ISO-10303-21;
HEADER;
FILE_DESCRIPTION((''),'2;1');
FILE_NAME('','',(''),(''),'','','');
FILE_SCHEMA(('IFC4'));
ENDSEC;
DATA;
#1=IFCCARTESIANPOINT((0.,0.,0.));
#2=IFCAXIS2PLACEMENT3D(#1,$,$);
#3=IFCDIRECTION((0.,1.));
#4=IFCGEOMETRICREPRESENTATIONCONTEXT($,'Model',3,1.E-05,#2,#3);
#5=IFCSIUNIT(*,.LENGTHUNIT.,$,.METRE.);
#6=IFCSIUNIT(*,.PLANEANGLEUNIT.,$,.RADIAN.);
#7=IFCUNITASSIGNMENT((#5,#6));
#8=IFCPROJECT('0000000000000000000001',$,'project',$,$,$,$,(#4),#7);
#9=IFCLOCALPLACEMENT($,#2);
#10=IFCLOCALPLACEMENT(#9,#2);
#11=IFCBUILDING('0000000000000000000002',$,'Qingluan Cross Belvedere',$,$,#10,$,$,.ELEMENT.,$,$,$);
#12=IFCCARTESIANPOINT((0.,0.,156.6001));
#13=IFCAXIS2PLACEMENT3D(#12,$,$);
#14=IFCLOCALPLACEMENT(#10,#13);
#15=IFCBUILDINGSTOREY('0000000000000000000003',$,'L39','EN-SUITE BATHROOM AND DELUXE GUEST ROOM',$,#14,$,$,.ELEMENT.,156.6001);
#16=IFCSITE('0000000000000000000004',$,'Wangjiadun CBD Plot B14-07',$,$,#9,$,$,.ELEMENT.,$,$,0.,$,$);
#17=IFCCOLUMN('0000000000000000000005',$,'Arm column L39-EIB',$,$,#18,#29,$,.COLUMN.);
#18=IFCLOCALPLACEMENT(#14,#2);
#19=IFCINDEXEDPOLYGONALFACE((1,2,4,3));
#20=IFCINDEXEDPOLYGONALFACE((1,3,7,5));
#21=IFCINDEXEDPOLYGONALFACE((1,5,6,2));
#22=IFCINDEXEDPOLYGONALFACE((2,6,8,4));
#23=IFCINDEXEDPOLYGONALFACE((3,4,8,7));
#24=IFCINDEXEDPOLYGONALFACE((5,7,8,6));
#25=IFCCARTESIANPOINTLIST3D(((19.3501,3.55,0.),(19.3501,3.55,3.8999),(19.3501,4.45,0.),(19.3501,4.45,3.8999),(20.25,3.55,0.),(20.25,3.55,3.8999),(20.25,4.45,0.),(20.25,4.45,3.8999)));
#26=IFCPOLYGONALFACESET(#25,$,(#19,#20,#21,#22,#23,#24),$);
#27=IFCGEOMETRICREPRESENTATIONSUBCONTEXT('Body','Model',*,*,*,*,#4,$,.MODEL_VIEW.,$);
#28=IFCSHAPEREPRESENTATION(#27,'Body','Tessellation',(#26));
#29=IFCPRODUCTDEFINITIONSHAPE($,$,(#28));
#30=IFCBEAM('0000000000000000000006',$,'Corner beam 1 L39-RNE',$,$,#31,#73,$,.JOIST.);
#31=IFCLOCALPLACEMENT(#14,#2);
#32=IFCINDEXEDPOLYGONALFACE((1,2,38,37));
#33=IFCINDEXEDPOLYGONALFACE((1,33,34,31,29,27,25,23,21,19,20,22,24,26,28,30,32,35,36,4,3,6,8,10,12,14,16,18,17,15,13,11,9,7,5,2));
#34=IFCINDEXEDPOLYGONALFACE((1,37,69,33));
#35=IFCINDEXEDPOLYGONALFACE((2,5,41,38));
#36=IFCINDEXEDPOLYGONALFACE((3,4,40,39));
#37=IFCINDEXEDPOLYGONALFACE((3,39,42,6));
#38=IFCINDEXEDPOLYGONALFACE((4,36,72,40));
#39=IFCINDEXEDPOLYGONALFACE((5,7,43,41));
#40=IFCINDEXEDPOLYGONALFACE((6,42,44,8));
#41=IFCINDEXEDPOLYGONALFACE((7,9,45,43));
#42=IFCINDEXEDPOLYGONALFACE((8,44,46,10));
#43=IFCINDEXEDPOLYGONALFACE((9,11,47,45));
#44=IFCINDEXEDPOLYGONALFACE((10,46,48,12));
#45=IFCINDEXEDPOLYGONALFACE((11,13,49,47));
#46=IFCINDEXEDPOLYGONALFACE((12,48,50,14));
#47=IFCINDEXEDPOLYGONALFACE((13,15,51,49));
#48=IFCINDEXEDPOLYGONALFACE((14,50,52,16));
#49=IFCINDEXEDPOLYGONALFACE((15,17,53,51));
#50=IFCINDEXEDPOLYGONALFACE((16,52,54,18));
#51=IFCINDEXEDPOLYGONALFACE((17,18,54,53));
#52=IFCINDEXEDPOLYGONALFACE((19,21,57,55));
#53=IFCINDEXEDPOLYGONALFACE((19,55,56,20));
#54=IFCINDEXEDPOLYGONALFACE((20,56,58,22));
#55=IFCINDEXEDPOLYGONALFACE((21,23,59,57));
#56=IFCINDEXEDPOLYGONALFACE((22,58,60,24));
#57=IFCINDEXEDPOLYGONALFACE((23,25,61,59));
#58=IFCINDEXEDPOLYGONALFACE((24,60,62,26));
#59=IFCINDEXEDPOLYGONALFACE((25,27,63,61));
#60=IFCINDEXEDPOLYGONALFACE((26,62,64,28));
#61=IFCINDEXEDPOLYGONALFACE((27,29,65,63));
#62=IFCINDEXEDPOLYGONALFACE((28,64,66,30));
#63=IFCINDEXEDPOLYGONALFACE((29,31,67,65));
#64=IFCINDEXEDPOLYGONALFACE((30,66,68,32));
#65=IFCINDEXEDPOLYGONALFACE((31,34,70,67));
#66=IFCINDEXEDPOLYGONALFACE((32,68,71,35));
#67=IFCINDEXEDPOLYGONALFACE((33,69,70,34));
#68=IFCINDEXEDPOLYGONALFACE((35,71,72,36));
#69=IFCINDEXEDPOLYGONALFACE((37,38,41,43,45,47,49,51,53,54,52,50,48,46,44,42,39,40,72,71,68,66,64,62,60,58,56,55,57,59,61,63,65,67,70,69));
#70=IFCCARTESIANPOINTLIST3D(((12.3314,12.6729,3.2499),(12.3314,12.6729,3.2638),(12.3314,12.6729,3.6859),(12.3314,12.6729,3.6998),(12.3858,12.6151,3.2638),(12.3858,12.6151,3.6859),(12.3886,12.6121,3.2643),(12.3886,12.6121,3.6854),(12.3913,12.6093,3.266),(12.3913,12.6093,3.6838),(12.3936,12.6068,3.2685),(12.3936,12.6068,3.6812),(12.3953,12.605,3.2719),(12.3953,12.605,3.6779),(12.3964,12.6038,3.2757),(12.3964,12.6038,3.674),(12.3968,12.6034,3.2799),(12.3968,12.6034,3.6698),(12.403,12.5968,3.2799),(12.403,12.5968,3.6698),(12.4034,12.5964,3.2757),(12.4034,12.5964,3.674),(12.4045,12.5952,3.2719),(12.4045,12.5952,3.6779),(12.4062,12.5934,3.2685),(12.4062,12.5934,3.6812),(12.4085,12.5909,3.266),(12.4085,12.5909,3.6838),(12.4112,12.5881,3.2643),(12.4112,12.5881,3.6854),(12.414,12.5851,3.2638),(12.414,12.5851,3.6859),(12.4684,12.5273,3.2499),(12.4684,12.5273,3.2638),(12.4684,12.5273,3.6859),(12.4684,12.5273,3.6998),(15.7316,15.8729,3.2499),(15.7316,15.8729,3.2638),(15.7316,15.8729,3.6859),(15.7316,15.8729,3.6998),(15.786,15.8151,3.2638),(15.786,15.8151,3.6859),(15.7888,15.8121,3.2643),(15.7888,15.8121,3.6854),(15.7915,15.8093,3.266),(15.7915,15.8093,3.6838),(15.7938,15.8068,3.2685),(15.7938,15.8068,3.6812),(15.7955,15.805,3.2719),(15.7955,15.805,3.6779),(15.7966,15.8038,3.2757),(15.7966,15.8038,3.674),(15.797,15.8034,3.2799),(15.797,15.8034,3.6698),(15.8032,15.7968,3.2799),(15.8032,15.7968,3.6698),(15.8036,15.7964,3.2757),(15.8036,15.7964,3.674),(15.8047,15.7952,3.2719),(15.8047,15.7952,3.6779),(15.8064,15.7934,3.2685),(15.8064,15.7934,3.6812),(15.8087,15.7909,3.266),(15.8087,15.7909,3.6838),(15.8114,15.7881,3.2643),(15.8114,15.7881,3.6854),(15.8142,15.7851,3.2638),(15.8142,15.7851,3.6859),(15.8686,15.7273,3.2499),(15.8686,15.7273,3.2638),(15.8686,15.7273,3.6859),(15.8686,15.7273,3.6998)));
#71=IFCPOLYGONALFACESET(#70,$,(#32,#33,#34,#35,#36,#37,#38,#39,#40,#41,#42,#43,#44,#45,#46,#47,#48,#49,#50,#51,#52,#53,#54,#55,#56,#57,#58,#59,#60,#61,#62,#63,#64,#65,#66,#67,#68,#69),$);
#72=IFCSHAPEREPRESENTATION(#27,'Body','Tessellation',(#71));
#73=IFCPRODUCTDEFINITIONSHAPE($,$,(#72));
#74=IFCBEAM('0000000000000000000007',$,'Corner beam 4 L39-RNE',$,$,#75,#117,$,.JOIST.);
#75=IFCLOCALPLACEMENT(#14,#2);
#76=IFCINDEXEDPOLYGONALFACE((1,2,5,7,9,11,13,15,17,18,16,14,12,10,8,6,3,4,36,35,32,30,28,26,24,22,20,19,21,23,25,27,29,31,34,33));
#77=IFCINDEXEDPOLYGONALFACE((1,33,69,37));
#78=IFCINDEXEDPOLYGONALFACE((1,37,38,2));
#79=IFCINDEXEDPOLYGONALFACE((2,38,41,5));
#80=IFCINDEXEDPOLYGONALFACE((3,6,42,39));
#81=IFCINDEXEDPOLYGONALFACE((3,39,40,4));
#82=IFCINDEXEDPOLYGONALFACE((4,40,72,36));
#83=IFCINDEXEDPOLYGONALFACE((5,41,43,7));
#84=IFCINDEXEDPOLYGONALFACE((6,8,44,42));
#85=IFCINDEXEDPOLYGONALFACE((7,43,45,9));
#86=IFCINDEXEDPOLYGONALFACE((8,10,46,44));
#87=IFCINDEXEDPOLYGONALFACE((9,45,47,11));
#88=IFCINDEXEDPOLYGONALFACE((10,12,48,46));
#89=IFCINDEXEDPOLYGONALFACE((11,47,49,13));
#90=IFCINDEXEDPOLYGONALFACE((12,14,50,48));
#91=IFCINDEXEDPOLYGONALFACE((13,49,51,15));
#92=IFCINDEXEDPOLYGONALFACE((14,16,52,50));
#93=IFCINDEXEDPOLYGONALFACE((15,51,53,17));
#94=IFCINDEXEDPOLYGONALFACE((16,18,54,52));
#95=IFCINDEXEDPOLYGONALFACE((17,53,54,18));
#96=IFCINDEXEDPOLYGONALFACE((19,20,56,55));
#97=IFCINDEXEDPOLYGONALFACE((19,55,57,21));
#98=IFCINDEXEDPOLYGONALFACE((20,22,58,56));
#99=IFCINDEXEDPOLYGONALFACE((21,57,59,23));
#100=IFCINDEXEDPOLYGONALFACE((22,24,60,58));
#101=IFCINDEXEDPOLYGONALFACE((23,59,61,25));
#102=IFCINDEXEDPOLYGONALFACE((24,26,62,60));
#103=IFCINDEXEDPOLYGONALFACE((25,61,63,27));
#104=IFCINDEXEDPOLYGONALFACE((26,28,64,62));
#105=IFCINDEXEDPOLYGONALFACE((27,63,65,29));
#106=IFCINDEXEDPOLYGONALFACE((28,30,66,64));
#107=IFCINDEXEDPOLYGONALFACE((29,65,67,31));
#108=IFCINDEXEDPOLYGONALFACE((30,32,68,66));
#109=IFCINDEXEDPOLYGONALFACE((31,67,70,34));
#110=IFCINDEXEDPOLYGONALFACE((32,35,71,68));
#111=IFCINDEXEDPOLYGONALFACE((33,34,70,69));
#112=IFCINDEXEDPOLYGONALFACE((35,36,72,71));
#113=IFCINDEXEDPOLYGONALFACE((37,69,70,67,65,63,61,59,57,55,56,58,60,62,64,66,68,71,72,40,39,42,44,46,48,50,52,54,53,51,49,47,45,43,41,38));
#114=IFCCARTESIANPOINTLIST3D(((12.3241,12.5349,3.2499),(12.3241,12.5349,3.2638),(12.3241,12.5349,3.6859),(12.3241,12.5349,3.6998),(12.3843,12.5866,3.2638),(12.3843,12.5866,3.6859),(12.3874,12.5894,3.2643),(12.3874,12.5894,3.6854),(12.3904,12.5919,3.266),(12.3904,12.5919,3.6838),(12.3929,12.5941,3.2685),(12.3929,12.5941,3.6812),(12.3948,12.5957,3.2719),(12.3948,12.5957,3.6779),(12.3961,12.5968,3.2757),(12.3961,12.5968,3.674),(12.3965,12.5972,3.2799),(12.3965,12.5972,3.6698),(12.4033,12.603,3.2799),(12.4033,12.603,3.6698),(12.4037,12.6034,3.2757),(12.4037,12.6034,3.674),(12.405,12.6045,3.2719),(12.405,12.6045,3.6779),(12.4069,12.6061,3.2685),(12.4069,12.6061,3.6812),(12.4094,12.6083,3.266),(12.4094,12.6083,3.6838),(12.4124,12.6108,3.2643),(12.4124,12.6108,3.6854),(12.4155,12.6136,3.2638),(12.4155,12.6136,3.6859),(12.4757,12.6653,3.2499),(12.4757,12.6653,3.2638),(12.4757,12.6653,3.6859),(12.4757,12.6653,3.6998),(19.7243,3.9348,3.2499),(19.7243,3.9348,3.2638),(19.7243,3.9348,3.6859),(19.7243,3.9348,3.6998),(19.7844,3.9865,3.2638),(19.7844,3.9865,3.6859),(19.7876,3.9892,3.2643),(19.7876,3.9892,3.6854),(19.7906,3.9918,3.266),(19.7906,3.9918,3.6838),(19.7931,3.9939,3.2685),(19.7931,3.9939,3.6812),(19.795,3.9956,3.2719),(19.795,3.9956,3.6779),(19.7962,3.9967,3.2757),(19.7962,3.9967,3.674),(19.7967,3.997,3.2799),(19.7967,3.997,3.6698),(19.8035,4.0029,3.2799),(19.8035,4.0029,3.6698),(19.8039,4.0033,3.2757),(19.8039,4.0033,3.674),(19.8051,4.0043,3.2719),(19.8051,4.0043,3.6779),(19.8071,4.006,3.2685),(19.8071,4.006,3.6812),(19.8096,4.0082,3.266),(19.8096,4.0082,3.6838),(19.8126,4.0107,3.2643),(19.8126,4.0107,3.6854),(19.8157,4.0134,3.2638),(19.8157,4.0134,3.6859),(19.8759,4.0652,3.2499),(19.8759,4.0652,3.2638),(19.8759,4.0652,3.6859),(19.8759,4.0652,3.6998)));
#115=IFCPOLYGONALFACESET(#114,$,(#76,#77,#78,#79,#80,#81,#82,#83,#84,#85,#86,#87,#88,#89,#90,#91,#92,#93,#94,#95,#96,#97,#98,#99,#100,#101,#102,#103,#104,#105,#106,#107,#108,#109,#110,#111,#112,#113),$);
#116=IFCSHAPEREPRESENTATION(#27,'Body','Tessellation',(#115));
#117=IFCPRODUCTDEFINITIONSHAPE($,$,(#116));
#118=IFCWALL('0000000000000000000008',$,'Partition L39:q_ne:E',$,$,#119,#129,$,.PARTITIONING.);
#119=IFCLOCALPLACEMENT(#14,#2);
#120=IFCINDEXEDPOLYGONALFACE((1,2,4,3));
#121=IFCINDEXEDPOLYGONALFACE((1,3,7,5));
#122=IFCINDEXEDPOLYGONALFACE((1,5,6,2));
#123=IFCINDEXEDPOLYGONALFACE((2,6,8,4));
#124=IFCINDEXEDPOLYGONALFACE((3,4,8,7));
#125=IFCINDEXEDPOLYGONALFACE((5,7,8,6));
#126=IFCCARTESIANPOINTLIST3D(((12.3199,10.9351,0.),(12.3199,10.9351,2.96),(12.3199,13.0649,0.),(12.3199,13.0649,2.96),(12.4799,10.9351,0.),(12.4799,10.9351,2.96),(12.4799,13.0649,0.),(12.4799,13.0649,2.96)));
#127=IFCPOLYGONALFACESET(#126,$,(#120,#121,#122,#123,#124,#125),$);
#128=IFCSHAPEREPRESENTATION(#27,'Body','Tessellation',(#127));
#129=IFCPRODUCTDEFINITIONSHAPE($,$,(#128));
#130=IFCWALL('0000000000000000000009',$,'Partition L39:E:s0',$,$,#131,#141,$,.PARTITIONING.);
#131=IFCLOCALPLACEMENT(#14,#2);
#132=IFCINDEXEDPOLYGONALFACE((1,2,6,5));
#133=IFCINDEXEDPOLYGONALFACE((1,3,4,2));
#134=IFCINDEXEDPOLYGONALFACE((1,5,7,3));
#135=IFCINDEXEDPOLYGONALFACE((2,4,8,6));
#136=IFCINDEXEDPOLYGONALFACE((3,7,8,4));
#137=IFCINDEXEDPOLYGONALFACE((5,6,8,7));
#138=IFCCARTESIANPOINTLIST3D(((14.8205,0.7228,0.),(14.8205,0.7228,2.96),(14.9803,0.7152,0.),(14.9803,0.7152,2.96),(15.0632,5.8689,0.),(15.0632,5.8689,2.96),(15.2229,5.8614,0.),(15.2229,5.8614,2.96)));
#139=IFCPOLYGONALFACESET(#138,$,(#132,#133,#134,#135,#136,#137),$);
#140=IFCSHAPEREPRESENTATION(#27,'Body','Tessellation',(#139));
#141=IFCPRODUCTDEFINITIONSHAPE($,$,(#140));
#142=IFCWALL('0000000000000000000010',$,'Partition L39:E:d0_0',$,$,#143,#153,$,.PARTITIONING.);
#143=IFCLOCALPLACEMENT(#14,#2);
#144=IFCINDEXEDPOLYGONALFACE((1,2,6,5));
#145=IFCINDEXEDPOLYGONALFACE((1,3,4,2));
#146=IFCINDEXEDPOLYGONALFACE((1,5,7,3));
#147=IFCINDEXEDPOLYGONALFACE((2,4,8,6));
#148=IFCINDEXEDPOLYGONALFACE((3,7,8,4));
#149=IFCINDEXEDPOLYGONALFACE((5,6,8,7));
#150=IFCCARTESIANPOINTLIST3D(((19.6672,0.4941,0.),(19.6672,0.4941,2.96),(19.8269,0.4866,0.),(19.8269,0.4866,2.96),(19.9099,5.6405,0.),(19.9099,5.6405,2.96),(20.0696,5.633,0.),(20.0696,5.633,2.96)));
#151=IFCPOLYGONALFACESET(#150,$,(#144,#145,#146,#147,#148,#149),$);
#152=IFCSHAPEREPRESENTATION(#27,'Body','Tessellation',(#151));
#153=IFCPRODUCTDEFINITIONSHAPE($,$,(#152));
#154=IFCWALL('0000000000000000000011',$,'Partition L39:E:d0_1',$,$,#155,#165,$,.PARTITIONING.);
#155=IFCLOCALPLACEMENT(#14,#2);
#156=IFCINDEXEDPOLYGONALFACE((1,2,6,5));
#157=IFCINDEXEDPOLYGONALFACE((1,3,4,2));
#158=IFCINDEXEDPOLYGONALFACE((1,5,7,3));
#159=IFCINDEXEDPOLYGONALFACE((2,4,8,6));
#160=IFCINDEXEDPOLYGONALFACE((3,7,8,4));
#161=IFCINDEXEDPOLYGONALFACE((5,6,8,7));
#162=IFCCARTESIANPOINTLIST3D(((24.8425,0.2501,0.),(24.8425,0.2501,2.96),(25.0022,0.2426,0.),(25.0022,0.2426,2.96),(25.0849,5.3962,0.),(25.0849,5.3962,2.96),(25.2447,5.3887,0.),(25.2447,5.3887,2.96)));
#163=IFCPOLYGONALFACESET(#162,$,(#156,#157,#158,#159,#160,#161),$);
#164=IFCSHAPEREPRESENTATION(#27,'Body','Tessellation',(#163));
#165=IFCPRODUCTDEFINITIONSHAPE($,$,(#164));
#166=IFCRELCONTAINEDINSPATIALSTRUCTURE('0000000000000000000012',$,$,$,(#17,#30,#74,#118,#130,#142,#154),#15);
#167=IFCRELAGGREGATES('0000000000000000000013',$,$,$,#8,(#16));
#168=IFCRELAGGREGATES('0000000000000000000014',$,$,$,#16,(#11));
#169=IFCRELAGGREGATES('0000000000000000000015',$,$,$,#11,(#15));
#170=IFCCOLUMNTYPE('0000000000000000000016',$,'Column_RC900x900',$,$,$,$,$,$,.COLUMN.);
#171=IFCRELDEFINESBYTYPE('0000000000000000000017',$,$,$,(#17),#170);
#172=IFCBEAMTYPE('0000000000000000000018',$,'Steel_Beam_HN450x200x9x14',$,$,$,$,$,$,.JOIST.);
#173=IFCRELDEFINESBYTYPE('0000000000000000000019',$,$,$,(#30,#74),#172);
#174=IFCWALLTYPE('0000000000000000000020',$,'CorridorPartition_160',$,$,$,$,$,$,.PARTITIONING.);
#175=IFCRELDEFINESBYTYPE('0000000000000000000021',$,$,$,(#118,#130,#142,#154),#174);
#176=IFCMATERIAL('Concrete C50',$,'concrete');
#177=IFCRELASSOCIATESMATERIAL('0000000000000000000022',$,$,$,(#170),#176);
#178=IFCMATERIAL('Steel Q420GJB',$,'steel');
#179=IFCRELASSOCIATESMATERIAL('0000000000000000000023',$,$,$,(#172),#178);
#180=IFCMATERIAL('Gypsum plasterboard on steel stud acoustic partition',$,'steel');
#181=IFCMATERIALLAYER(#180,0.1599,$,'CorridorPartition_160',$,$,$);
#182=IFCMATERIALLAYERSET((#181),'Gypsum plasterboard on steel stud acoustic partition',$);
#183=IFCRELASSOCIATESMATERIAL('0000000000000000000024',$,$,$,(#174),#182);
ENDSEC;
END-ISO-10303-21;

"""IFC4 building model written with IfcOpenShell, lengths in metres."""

from ifc_helpers import new_model, si_unit, direction, frame, frame_2d, origin, origin_2d, place, context, subcontext, project, spatial, rectangle, i_section, extrude, material, layer, layer_set, material_profile, profile_set, type_object, element, save


model = new_model("IFC4")

# Units and contexts
model_context = context("Model", 3, precision=1e-05, world=origin(), true_north=direction((0.0, 1.0)))
body_context = subcontext(model_context, "Body", "Model", "MODEL_VIEW")
ifc_project = project(units=[si_unit("LENGTHUNIT", "METRE"), si_unit("PLANEANGLEUNIT", "RADIAN")], contexts=[model_context])

# Site, building, storey
site_placement = place(None, origin())
site = spatial("IfcSite", under=ifc_project, at=site_placement, Name="Wangjiadun CBD Plot B14-07", CompositionType="ELEMENT", RefElevation=0.0)
building_placement = place(site_placement, origin())
building = spatial("IfcBuilding", under=site, at=building_placement, Name="Qingluan Cross Belvedere", CompositionType="ELEMENT")
storey_placement = place(building_placement, frame((0.0, 0.0, 156.6001)))
storey = spatial("IfcBuildingStorey", under=building, at=storey_placement, Name="L39", Description="EN-SUITE BATHROOM AND DELUXE GUEST ROOM", CompositionType="ELEMENT", Elevation=156.6001)

# Column
ifc_material_1 = material(Name="Concrete C50", Category="concrete")
ifc_material_profile_1 = material_profile(ifc_material_1, rectangle(XDim=0.8999, YDim=0.8999, at=origin_2d()), Name="RC900x900")
ifc_profile_set_1 = profile_set([ifc_material_profile_1], Name="Concrete C50")
column_type = type_object("IfcColumnType", Name="Column_RC900x900", PredefinedType="COLUMN", material=ifc_profile_set_1)
column_placement = place(storey_placement, frame((19.8, 4.0, 0.0), z_axis=(0.0, 0.0, 1.0), x_axis=(1.0, 0.0, 0.0)))
element("IfcColumn", 1, at=column_placement, inside=storey, type_object=column_type, Name="Arm column L39-EIB", PredefinedType="COLUMN", context=body_context, shape_type="SweptSolid", body=[
    extrude(rectangle(XDim=0.8999, YDim=0.8999, at=origin_2d()), origin(), (0.0, 0.0, 1.0), 3.8999),
])

# Beams
ifc_material_2 = material(Name="Steel Q420GJB", Category="steel")
ifc_material_profile_2 = material_profile(ifc_material_2, i_section(OverallWidth=0.2, OverallDepth=0.45, WebThickness=0.009, FlangeThickness=0.0139, FilletRadius=0.0161, at=origin_2d()), Name="HN450x200x9x14")
ifc_profile_set_2 = profile_set([ifc_material_profile_2], Name="Steel Q420GJB")
beam_type = type_object("IfcBeamType", Name="Steel_Beam_HN450x200x9x14", PredefinedType="JOIST", material=ifc_profile_set_2)
beam_1_placement = place(storey_placement, frame((12.3999, 12.6001, 3.4749), z_axis=(0.72822, 0.685343, 0.0), x_axis=(-0.685343, 0.72822, 0.0)))
element("IfcBeam", 2, at=beam_1_placement, inside=storey, type_object=beam_type, Name="Corner beam 1 L39-RNE", PredefinedType="JOIST", context=body_context, shape_type="SweptSolid", body=[
    extrude(i_section(OverallWidth=0.2, OverallDepth=0.45, WebThickness=0.009, FlangeThickness=0.0139, FilletRadius=0.0161, at=origin_2d()), origin(), (0.0, 0.0, 1.0), 4.6692),
])
beam_2_placement = place(storey_placement, frame((12.3999, 12.6001, 3.4749), z_axis=(0.652245, -0.758008, 0.0), x_axis=(0.758008, 0.652245, 0.0)))
element("IfcBeam", 3, at=beam_2_placement, inside=storey, type_object=beam_type, Name="Corner beam 4 L39-RNE", PredefinedType="JOIST", context=body_context, shape_type="SweptSolid", body=[
    extrude(i_section(OverallWidth=0.2, OverallDepth=0.45, WebThickness=0.009, FlangeThickness=0.0139, FilletRadius=0.0161, at=origin_2d()), origin(), (0.0, 0.0, 1.0), 11.3457),
])

# Wall
ifc_material_3 = material(Name="Gypsum plasterboard on steel stud acoustic partition", Category="steel")
ifc_layer_1 = layer(ifc_material_3, 0.1599, Name="CorridorPartition_160")
ifc_layer_set_1 = layer_set([ifc_layer_1], Name="Gypsum plasterboard on steel stud acoustic partition")
wall_type_1 = type_object("IfcWallType", Name="CorridorPartition_160", PredefinedType="PARTITIONING", material=ifc_layer_set_1)
wall_1_placement = place(storey_placement, frame((12.3999, 10.9351, 0.0), z_axis=(0.0, 0.0, 1.0), x_axis=(0.0, 1.0, 0.0)))
element("IfcWall", 4, at=wall_1_placement, inside=storey, type_object=wall_type_1, Name="Partition L39:q_ne:E", PredefinedType="PARTITIONING", context=body_context, shape_type="SweptSolid", body=[
    extrude(rectangle(XDim=2.1299, YDim=0.1599, at=frame_2d((1.0649, 0.0))), origin(), (0.0, 0.0, 1.0), 2.96),
])

# Walls
wall_2_placement = place(storey_placement, frame((14.9004, 0.719, 0.0), z_axis=(0.0, 0.0, 1.0), x_axis=(0.047104, 0.99889, 0.0)))
element("IfcWall", 5, at=wall_2_placement, inside=storey, type_object=wall_type_1, Name="Partition L39:E:s0", PredefinedType="PARTITIONING", context=body_context, shape_type="SweptSolid", body=[
    extrude(rectangle(XDim=5.1519, YDim=0.1599, at=frame_2d((2.5759, 0.0))), origin(), (0.0, 0.0, 1.0), 2.96),
])
wall_3_placement = place(storey_placement, frame((19.7471, 0.4902, 0.0), z_axis=(0.0, 0.0, 1.0), x_axis=(0.047101, 0.99889, 0.0)))
element("IfcWall", 6, at=wall_3_placement, inside=storey, type_object=wall_type_1, Name="Partition L39:E:d0_0", PredefinedType="PARTITIONING", context=body_context, shape_type="SweptSolid", body=[
    extrude(rectangle(XDim=5.1521, YDim=0.1599, at=frame_2d((2.5762, 0.0))), origin(), (0.0, 0.0, 1.0), 2.96),
])
wall_4_placement = place(storey_placement, frame((24.9224, 0.2463, 0.0), z_axis=(0.0, 0.0, 1.0), x_axis=(0.047056, 0.998892, 0.0)))
element("IfcWall", 7, at=wall_4_placement, inside=storey, type_object=wall_type_1, Name="Partition L39:E:d0_1", PredefinedType="PARTITIONING", context=body_context, shape_type="SweptSolid", body=[
    extrude(rectangle(XDim=5.1519, YDim=0.1599, at=frame_2d((2.5759, 0.0))), origin(), (0.0, 0.0, 1.0), 2.96),
])

save(model, "model.ifc")
